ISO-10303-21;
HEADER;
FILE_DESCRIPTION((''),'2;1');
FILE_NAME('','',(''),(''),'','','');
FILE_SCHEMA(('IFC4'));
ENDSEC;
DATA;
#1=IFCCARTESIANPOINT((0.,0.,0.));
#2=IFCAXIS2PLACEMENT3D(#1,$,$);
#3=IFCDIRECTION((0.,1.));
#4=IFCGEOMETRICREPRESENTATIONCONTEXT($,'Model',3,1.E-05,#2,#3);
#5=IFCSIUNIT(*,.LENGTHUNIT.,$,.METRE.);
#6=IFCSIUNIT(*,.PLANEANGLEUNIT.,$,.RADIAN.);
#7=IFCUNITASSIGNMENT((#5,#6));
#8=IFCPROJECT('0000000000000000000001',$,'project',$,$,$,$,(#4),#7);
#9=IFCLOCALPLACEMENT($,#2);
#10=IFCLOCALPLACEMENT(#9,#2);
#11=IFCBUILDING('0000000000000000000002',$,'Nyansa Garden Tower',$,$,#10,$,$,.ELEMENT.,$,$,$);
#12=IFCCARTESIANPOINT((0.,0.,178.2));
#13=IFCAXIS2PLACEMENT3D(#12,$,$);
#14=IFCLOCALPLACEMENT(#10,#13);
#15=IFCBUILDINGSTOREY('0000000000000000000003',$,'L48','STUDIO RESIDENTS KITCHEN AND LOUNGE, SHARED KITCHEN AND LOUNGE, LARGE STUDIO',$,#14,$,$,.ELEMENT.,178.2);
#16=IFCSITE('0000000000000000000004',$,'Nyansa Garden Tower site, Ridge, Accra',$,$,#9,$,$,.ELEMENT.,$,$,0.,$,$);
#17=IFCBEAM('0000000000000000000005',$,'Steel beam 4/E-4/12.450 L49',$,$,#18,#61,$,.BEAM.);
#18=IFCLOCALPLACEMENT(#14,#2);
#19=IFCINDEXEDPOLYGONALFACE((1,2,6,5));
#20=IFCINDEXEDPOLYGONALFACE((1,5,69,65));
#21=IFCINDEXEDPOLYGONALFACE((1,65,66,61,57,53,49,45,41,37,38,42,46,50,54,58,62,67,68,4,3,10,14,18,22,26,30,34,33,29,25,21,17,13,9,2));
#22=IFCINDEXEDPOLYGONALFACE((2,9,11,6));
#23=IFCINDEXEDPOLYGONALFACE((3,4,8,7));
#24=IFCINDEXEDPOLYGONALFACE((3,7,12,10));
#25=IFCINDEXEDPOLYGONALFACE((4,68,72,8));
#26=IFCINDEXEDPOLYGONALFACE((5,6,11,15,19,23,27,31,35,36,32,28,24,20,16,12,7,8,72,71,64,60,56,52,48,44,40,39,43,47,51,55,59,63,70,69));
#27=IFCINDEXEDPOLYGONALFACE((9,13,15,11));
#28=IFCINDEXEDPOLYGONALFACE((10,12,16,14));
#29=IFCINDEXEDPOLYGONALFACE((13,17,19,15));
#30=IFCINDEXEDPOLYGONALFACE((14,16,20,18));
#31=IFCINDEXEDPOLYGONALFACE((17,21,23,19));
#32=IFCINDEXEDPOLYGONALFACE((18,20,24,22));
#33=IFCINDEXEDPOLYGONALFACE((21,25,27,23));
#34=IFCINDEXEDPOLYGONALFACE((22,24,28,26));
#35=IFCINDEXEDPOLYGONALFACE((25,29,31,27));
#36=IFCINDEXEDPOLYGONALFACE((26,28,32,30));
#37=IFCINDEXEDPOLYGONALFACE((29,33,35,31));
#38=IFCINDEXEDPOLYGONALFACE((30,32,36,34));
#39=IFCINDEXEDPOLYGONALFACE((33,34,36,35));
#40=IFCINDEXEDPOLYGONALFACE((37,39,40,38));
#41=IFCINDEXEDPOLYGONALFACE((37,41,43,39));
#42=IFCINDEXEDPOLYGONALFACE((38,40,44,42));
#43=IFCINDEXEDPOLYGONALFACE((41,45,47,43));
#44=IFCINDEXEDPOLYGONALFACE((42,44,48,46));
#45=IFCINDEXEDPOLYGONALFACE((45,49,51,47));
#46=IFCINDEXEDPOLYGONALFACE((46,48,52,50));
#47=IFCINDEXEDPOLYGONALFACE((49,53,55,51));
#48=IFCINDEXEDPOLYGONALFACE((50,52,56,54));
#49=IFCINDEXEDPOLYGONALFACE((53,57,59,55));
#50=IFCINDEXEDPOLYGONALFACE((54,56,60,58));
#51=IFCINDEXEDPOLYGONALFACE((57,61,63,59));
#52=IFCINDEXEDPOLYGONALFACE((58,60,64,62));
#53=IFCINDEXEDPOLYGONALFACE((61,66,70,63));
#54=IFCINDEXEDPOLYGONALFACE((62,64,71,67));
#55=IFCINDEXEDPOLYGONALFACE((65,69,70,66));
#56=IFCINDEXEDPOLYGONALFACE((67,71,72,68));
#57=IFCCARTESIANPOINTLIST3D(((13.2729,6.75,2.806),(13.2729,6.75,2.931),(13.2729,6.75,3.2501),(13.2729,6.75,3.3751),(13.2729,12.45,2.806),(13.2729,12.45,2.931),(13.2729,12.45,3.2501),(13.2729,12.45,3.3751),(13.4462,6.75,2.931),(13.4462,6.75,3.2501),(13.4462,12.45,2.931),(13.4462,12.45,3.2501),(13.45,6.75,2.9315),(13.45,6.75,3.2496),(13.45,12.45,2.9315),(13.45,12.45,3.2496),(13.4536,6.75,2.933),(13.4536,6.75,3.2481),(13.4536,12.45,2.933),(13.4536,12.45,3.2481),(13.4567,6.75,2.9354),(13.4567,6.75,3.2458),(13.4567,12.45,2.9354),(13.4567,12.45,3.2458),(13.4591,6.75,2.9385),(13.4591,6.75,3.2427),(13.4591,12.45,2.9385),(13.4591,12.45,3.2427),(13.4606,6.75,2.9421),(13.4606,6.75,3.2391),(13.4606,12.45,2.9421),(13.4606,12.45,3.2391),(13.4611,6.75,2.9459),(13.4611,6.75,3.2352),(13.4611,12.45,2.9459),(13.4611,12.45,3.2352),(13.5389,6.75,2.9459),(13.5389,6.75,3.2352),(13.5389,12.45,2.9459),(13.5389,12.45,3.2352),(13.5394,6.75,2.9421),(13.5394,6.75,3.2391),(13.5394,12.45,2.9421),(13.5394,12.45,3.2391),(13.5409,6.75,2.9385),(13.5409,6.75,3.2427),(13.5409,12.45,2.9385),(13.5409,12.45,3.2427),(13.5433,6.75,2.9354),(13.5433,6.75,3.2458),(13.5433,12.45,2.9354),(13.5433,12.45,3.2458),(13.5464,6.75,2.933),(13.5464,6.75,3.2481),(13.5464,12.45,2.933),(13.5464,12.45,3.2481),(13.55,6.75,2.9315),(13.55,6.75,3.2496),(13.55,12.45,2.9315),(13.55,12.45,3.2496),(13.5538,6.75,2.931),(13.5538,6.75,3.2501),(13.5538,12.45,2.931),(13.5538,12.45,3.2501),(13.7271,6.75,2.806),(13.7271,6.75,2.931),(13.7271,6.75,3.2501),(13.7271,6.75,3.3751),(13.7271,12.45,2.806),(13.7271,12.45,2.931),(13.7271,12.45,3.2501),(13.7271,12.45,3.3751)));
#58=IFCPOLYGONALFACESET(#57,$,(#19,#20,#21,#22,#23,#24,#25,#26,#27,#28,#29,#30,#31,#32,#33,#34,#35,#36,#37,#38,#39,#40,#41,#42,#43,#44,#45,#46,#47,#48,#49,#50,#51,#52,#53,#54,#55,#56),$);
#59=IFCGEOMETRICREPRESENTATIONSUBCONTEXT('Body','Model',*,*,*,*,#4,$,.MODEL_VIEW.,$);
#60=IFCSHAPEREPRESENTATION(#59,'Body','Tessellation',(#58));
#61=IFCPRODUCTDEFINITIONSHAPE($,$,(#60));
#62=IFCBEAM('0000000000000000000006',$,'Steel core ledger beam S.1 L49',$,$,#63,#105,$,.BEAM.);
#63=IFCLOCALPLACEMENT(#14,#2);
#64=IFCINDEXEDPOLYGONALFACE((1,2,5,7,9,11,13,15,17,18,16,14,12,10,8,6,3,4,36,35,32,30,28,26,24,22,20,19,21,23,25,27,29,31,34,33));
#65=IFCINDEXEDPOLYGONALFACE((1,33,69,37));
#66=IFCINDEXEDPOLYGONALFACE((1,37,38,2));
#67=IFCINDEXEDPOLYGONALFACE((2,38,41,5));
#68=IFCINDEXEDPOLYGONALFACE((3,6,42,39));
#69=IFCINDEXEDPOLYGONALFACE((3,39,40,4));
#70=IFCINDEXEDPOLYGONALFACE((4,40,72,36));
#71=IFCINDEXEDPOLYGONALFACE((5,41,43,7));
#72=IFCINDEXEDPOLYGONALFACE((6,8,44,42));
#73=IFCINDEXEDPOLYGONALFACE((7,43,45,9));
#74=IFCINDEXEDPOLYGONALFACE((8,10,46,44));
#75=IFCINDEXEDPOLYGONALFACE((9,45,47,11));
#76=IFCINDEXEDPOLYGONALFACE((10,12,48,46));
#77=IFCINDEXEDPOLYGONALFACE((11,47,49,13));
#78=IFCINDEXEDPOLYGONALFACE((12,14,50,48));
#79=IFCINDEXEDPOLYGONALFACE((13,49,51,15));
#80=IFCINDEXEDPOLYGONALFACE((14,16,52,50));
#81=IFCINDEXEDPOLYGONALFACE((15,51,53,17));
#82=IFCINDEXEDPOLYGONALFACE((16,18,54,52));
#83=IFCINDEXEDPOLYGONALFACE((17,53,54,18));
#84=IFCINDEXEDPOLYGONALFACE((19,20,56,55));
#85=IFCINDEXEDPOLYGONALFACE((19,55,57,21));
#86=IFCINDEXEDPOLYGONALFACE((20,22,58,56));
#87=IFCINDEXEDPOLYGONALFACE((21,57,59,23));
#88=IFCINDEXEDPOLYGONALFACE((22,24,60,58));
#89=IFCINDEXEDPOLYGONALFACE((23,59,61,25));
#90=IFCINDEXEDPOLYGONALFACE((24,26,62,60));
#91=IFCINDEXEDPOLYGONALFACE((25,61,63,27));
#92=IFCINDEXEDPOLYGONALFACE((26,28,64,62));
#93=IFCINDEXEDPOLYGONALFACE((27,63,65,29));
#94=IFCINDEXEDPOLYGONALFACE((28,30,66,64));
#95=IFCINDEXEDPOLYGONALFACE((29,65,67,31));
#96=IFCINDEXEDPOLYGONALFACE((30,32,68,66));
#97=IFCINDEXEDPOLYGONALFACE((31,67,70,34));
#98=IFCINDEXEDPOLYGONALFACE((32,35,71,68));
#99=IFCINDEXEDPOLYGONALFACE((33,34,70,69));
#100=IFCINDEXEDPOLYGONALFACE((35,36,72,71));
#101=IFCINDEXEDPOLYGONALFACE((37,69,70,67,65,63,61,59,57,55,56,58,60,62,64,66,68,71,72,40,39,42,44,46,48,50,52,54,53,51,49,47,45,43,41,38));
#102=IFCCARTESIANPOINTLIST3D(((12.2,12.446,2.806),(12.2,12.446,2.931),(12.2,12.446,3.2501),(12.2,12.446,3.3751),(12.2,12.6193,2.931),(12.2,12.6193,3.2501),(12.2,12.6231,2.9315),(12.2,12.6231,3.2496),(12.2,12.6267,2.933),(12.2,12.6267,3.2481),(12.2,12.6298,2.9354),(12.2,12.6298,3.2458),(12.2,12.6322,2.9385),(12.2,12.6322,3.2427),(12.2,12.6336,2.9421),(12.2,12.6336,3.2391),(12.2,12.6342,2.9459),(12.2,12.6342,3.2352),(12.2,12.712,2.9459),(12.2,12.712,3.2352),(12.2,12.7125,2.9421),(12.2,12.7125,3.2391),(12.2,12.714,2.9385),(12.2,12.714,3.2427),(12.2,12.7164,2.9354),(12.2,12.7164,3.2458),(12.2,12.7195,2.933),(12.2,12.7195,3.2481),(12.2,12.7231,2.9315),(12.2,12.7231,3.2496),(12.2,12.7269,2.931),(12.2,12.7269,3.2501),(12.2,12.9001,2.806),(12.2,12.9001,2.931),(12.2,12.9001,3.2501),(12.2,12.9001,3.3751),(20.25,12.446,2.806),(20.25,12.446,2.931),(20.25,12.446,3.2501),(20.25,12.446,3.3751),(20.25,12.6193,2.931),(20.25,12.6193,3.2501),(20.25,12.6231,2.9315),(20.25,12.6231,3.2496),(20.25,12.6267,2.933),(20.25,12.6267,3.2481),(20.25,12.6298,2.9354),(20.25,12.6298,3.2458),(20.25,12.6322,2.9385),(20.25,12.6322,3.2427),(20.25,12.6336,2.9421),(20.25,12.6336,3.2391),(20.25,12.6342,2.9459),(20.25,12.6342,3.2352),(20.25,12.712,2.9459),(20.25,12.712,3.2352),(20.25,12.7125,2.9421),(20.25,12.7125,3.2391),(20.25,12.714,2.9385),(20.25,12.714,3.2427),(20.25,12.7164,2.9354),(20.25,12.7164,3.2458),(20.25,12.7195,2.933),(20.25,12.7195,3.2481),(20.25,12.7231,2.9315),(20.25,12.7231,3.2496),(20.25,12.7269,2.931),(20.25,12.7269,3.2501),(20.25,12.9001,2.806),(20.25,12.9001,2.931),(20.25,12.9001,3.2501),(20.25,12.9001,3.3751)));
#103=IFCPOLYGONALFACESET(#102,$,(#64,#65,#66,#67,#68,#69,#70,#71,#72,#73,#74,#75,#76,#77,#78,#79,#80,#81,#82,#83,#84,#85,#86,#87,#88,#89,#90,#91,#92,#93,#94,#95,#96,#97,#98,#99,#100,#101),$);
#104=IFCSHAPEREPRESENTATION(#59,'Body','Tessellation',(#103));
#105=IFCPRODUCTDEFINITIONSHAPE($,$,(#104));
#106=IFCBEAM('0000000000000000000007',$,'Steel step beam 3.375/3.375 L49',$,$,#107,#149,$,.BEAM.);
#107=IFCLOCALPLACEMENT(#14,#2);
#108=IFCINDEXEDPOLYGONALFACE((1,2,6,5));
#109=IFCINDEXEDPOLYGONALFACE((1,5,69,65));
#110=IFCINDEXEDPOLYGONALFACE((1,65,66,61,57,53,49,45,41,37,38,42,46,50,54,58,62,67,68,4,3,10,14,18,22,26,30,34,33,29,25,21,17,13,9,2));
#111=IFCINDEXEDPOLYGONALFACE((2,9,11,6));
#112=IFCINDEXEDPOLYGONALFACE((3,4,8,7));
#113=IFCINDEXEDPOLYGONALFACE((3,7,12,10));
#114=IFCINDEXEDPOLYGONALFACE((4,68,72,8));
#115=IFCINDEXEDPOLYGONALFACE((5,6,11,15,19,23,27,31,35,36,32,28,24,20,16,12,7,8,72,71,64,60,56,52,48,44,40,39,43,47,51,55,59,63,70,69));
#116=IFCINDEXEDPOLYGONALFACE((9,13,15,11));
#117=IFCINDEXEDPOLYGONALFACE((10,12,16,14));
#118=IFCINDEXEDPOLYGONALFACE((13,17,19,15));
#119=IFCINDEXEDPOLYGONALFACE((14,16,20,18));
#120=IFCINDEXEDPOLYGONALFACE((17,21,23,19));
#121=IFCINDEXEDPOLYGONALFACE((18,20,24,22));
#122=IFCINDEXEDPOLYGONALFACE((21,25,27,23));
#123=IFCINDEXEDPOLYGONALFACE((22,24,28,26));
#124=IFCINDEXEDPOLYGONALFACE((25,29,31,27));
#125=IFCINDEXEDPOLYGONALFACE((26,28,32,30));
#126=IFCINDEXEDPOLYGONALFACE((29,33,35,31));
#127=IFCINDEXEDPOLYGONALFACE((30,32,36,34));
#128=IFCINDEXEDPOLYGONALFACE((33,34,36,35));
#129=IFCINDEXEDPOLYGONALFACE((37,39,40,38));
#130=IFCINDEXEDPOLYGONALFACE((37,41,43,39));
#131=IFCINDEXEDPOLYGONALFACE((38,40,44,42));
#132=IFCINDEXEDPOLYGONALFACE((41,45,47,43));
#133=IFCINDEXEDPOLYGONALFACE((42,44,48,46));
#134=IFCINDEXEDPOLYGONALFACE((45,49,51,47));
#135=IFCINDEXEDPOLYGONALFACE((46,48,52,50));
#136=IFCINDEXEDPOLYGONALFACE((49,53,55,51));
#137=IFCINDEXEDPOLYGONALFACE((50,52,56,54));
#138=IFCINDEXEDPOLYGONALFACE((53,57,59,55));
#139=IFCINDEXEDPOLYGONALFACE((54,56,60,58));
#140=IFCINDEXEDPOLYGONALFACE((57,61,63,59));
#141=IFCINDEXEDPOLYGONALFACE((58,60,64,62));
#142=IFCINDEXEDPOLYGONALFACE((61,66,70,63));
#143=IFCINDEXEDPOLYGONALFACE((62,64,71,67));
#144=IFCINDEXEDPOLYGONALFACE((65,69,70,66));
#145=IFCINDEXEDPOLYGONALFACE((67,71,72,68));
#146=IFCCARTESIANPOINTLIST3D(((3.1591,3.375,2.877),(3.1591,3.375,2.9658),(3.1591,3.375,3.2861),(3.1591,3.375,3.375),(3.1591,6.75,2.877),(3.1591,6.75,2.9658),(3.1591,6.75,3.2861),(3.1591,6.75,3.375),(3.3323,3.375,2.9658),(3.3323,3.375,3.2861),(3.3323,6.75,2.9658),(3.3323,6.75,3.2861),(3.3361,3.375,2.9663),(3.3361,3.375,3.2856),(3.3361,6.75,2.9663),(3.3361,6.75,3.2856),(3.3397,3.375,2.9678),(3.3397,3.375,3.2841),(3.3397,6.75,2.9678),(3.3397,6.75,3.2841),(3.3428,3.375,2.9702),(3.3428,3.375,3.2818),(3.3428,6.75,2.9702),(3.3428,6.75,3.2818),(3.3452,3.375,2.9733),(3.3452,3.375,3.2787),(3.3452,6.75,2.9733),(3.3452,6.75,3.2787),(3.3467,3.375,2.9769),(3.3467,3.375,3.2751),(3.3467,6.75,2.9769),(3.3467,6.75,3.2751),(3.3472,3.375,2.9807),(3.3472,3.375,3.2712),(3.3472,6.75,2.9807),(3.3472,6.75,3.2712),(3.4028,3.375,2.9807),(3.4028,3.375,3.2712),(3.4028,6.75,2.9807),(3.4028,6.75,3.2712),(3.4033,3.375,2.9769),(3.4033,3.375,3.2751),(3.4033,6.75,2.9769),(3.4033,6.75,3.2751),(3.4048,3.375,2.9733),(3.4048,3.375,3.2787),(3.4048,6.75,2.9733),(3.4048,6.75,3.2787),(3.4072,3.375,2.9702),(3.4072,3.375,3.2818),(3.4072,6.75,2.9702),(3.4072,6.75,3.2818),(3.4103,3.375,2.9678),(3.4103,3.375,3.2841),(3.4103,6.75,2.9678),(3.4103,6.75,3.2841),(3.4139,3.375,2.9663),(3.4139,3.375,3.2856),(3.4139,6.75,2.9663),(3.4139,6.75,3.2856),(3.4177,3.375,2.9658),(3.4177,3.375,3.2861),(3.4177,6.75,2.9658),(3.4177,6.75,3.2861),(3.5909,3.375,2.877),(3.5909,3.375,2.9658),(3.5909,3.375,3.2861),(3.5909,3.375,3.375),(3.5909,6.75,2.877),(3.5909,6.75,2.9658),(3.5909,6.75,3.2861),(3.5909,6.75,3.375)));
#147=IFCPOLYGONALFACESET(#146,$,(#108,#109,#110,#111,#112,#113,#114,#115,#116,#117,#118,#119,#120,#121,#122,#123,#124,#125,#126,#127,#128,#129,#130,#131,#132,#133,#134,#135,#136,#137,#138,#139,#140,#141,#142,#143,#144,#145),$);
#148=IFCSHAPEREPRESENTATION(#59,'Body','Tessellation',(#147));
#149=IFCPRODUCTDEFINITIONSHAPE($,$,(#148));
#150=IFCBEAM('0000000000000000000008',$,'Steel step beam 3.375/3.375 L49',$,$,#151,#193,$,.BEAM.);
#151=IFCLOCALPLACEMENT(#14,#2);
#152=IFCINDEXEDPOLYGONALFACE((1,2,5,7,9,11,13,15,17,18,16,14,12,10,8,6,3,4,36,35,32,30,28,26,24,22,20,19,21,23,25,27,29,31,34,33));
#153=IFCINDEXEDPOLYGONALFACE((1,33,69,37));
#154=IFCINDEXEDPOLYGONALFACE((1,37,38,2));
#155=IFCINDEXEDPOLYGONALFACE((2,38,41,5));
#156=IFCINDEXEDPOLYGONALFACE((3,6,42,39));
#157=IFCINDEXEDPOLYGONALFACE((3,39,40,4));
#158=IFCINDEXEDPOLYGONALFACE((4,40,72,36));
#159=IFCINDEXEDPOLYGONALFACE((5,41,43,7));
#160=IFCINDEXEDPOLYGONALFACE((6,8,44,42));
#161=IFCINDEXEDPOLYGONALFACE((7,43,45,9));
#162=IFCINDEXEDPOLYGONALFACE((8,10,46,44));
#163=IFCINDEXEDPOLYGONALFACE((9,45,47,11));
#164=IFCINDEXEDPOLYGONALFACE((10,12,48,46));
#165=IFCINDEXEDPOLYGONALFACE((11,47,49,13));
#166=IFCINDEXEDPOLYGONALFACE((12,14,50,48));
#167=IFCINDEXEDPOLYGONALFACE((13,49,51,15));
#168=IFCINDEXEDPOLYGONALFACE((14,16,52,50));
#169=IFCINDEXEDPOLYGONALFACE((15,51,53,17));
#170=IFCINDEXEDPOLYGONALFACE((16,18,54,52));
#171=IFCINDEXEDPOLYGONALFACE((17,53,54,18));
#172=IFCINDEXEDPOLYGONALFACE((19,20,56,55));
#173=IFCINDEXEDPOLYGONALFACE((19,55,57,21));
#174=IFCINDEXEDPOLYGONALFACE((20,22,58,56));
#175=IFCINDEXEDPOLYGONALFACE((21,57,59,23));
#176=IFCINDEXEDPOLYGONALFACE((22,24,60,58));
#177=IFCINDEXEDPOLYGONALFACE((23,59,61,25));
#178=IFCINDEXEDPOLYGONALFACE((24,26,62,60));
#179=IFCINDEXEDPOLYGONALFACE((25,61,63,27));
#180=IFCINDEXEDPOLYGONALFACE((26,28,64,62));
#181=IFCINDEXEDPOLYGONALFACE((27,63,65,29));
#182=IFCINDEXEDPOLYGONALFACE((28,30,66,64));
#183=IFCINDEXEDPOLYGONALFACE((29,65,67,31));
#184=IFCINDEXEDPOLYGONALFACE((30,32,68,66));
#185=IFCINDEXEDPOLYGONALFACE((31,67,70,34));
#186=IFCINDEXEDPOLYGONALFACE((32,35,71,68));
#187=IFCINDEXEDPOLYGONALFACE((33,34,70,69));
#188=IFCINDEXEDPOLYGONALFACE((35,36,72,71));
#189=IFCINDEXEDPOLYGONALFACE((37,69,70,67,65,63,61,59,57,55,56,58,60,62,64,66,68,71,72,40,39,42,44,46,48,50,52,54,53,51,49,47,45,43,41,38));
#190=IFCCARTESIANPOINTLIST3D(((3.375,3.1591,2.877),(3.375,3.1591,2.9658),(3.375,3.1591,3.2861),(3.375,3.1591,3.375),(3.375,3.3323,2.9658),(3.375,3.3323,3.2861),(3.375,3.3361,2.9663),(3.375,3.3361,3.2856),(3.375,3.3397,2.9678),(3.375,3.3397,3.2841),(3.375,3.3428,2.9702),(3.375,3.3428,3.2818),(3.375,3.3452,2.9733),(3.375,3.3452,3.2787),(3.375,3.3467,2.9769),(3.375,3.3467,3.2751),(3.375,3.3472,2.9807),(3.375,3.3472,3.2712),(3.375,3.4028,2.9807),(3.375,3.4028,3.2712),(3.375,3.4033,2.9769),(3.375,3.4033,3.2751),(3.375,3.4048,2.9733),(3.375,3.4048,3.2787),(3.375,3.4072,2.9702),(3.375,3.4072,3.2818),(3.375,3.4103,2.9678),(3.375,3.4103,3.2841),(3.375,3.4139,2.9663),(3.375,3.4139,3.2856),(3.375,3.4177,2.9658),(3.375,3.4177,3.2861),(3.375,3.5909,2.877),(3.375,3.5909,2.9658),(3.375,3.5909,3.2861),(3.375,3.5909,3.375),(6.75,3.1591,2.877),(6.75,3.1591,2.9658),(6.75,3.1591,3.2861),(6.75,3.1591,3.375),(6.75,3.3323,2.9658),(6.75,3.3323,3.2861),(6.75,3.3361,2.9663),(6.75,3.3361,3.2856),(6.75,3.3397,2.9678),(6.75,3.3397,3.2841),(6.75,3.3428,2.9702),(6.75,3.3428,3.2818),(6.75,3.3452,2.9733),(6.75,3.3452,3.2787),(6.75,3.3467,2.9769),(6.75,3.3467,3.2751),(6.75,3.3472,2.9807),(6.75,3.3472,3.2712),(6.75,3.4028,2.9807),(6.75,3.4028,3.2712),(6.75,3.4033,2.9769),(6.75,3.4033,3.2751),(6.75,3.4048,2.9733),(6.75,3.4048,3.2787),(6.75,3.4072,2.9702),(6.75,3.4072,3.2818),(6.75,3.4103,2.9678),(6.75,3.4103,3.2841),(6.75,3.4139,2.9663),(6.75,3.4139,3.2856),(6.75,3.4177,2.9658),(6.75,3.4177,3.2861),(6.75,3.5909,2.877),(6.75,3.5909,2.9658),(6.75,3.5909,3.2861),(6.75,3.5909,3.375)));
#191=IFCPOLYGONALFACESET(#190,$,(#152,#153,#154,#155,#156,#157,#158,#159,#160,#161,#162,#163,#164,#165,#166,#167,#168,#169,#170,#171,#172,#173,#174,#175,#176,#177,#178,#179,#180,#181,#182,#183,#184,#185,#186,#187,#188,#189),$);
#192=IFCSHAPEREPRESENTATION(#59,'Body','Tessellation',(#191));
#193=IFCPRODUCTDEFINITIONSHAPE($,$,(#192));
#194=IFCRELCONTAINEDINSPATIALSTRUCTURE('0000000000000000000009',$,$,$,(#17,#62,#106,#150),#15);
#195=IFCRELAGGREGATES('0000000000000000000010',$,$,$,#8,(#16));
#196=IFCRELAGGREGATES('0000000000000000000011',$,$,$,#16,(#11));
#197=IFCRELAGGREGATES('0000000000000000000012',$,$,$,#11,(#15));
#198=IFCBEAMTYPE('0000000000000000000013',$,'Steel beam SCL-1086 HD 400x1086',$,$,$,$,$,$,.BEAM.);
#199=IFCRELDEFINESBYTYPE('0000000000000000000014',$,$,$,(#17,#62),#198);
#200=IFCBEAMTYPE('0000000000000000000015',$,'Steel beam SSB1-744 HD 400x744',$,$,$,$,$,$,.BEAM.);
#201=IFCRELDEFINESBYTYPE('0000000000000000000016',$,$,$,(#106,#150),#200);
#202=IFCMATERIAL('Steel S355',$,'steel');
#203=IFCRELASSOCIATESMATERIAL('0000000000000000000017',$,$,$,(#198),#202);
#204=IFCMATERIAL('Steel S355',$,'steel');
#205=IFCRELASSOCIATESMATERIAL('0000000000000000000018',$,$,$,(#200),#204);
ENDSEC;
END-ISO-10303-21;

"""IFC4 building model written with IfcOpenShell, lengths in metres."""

from ifc_helpers import new_model, si_unit, direction, frame, origin, origin_2d, place, context, subcontext, project, spatial, i_section, extrude, material, material_profile, profile_set, type_object, element, save


model = new_model("IFC4")

# Units and contexts
model_context = context("Model", 3, precision=1e-05, world=origin(), true_north=direction((0.0, 1.0)))
body_context = subcontext(model_context, "Body", "Model", "MODEL_VIEW")
ifc_project = project(units=[si_unit("LENGTHUNIT", "METRE"), si_unit("PLANEANGLEUNIT", "RADIAN")], contexts=[model_context])

# Site, building, storey
site_placement = place(None, origin())
site = spatial("IfcSite", under=ifc_project, at=site_placement, Name="Nyansa Garden Tower site, Ridge, Accra", CompositionType="ELEMENT", RefElevation=0.0)
building_placement = place(site_placement, origin())
building = spatial("IfcBuilding", under=site, at=building_placement, Name="Nyansa Garden Tower", CompositionType="ELEMENT")
storey_placement = place(building_placement, frame((0.0, 0.0, 178.2)))
storey = spatial("IfcBuildingStorey", under=building, at=storey_placement, Name="L48", Description="STUDIO RESIDENTS KITCHEN AND LOUNGE, SHARED KITCHEN AND LOUNGE, LARGE STUDIO", CompositionType="ELEMENT", Elevation=178.2)

# Beams
ifc_material_1 = material(Name="Steel S355", Category="steel")
ifc_material_profile_1 = material_profile(ifc_material_1, i_section(OverallWidth=0.4541, OverallDepth=0.5691, WebThickness=0.0779, FlangeThickness=0.125, FilletRadius=0.0149, at=origin_2d()), Name="HD 400x1086")
ifc_profile_set_1 = profile_set([ifc_material_profile_1], Name="Steel S355")
beam_type_1 = type_object("IfcBeamType", Name="Steel beam SCL-1086 HD 400x1086", PredefinedType="BEAM", material=ifc_profile_set_1)
beam_1_placement = place(storey_placement, frame((13.5, 6.75, 3.0906), z_axis=(0.0, 1.0, 0.0), x_axis=(-1.0, 0.0, 0.0)))
element("IfcBeam", 1, at=beam_1_placement, inside=storey, type_object=beam_type_1, Name="Steel beam 4/E-4/12.450 L49", PredefinedType="BEAM", context=body_context, shape_type="SweptSolid", body=[
    extrude(i_section(OverallWidth=0.4541, OverallDepth=0.5691, WebThickness=0.0779, FlangeThickness=0.125, FilletRadius=0.0149, at=origin_2d()), origin(), (0.0, 0.0, 1.0), 5.7),
])
beam_2_placement = place(storey_placement, frame((12.2, 12.6731, 3.0906), z_axis=(1.0, 0.0, 0.0), x_axis=(0.0, 1.0, 0.0)))
element("IfcBeam", 2, at=beam_2_placement, inside=storey, type_object=beam_type_1, Name="Steel core ledger beam S.1 L49", PredefinedType="BEAM", context=body_context, shape_type="SweptSolid", body=[
    extrude(i_section(OverallWidth=0.4541, OverallDepth=0.5691, WebThickness=0.0779, FlangeThickness=0.125, FilletRadius=0.0149, at=origin_2d()), origin(), (0.0, 0.0, 1.0), 8.05),
])
ifc_material_2 = material(Name="Steel S355", Category="steel")
ifc_material_profile_2 = material_profile(ifc_material_2, i_section(OverallWidth=0.4319, OverallDepth=0.498, WebThickness=0.0557, FlangeThickness=0.0889, FilletRadius=0.0149, at=origin_2d()), Name="HD 400x744")
ifc_profile_set_2 = profile_set([ifc_material_profile_2], Name="Steel S355")
beam_type_2 = type_object("IfcBeamType", Name="Steel beam SSB1-744 HD 400x744", PredefinedType="BEAM", material=ifc_profile_set_2)
for number, where, z_axis, x_axis, name in (
    (3, (3.375, 3.375, 3.126), (0.0, 1.0, 0.0), (-1.0, 0.0, 0.0), "Steel step beam 3.375/3.375 L49"),
    (4, (3.375, 3.375, 3.126), (1.0, 0.0, 0.0), (0.0, 1.0, 0.0), "Steel step beam 3.375/3.375 L49"),
):
    element("IfcBeam", number, at=place(storey_placement, frame(where, z_axis=z_axis, x_axis=x_axis)), inside=storey, type_object=beam_type_2, Name=name, PredefinedType="BEAM", context=body_context, shape_type="SweptSolid", body=[
        extrude(i_section(OverallWidth=0.4319, OverallDepth=0.498, WebThickness=0.0557, FlangeThickness=0.0889, FilletRadius=0.0149, at=origin_2d()), origin(), (0.0, 0.0, 1.0), 3.375),
    ])

save(model, "model.ifc")
